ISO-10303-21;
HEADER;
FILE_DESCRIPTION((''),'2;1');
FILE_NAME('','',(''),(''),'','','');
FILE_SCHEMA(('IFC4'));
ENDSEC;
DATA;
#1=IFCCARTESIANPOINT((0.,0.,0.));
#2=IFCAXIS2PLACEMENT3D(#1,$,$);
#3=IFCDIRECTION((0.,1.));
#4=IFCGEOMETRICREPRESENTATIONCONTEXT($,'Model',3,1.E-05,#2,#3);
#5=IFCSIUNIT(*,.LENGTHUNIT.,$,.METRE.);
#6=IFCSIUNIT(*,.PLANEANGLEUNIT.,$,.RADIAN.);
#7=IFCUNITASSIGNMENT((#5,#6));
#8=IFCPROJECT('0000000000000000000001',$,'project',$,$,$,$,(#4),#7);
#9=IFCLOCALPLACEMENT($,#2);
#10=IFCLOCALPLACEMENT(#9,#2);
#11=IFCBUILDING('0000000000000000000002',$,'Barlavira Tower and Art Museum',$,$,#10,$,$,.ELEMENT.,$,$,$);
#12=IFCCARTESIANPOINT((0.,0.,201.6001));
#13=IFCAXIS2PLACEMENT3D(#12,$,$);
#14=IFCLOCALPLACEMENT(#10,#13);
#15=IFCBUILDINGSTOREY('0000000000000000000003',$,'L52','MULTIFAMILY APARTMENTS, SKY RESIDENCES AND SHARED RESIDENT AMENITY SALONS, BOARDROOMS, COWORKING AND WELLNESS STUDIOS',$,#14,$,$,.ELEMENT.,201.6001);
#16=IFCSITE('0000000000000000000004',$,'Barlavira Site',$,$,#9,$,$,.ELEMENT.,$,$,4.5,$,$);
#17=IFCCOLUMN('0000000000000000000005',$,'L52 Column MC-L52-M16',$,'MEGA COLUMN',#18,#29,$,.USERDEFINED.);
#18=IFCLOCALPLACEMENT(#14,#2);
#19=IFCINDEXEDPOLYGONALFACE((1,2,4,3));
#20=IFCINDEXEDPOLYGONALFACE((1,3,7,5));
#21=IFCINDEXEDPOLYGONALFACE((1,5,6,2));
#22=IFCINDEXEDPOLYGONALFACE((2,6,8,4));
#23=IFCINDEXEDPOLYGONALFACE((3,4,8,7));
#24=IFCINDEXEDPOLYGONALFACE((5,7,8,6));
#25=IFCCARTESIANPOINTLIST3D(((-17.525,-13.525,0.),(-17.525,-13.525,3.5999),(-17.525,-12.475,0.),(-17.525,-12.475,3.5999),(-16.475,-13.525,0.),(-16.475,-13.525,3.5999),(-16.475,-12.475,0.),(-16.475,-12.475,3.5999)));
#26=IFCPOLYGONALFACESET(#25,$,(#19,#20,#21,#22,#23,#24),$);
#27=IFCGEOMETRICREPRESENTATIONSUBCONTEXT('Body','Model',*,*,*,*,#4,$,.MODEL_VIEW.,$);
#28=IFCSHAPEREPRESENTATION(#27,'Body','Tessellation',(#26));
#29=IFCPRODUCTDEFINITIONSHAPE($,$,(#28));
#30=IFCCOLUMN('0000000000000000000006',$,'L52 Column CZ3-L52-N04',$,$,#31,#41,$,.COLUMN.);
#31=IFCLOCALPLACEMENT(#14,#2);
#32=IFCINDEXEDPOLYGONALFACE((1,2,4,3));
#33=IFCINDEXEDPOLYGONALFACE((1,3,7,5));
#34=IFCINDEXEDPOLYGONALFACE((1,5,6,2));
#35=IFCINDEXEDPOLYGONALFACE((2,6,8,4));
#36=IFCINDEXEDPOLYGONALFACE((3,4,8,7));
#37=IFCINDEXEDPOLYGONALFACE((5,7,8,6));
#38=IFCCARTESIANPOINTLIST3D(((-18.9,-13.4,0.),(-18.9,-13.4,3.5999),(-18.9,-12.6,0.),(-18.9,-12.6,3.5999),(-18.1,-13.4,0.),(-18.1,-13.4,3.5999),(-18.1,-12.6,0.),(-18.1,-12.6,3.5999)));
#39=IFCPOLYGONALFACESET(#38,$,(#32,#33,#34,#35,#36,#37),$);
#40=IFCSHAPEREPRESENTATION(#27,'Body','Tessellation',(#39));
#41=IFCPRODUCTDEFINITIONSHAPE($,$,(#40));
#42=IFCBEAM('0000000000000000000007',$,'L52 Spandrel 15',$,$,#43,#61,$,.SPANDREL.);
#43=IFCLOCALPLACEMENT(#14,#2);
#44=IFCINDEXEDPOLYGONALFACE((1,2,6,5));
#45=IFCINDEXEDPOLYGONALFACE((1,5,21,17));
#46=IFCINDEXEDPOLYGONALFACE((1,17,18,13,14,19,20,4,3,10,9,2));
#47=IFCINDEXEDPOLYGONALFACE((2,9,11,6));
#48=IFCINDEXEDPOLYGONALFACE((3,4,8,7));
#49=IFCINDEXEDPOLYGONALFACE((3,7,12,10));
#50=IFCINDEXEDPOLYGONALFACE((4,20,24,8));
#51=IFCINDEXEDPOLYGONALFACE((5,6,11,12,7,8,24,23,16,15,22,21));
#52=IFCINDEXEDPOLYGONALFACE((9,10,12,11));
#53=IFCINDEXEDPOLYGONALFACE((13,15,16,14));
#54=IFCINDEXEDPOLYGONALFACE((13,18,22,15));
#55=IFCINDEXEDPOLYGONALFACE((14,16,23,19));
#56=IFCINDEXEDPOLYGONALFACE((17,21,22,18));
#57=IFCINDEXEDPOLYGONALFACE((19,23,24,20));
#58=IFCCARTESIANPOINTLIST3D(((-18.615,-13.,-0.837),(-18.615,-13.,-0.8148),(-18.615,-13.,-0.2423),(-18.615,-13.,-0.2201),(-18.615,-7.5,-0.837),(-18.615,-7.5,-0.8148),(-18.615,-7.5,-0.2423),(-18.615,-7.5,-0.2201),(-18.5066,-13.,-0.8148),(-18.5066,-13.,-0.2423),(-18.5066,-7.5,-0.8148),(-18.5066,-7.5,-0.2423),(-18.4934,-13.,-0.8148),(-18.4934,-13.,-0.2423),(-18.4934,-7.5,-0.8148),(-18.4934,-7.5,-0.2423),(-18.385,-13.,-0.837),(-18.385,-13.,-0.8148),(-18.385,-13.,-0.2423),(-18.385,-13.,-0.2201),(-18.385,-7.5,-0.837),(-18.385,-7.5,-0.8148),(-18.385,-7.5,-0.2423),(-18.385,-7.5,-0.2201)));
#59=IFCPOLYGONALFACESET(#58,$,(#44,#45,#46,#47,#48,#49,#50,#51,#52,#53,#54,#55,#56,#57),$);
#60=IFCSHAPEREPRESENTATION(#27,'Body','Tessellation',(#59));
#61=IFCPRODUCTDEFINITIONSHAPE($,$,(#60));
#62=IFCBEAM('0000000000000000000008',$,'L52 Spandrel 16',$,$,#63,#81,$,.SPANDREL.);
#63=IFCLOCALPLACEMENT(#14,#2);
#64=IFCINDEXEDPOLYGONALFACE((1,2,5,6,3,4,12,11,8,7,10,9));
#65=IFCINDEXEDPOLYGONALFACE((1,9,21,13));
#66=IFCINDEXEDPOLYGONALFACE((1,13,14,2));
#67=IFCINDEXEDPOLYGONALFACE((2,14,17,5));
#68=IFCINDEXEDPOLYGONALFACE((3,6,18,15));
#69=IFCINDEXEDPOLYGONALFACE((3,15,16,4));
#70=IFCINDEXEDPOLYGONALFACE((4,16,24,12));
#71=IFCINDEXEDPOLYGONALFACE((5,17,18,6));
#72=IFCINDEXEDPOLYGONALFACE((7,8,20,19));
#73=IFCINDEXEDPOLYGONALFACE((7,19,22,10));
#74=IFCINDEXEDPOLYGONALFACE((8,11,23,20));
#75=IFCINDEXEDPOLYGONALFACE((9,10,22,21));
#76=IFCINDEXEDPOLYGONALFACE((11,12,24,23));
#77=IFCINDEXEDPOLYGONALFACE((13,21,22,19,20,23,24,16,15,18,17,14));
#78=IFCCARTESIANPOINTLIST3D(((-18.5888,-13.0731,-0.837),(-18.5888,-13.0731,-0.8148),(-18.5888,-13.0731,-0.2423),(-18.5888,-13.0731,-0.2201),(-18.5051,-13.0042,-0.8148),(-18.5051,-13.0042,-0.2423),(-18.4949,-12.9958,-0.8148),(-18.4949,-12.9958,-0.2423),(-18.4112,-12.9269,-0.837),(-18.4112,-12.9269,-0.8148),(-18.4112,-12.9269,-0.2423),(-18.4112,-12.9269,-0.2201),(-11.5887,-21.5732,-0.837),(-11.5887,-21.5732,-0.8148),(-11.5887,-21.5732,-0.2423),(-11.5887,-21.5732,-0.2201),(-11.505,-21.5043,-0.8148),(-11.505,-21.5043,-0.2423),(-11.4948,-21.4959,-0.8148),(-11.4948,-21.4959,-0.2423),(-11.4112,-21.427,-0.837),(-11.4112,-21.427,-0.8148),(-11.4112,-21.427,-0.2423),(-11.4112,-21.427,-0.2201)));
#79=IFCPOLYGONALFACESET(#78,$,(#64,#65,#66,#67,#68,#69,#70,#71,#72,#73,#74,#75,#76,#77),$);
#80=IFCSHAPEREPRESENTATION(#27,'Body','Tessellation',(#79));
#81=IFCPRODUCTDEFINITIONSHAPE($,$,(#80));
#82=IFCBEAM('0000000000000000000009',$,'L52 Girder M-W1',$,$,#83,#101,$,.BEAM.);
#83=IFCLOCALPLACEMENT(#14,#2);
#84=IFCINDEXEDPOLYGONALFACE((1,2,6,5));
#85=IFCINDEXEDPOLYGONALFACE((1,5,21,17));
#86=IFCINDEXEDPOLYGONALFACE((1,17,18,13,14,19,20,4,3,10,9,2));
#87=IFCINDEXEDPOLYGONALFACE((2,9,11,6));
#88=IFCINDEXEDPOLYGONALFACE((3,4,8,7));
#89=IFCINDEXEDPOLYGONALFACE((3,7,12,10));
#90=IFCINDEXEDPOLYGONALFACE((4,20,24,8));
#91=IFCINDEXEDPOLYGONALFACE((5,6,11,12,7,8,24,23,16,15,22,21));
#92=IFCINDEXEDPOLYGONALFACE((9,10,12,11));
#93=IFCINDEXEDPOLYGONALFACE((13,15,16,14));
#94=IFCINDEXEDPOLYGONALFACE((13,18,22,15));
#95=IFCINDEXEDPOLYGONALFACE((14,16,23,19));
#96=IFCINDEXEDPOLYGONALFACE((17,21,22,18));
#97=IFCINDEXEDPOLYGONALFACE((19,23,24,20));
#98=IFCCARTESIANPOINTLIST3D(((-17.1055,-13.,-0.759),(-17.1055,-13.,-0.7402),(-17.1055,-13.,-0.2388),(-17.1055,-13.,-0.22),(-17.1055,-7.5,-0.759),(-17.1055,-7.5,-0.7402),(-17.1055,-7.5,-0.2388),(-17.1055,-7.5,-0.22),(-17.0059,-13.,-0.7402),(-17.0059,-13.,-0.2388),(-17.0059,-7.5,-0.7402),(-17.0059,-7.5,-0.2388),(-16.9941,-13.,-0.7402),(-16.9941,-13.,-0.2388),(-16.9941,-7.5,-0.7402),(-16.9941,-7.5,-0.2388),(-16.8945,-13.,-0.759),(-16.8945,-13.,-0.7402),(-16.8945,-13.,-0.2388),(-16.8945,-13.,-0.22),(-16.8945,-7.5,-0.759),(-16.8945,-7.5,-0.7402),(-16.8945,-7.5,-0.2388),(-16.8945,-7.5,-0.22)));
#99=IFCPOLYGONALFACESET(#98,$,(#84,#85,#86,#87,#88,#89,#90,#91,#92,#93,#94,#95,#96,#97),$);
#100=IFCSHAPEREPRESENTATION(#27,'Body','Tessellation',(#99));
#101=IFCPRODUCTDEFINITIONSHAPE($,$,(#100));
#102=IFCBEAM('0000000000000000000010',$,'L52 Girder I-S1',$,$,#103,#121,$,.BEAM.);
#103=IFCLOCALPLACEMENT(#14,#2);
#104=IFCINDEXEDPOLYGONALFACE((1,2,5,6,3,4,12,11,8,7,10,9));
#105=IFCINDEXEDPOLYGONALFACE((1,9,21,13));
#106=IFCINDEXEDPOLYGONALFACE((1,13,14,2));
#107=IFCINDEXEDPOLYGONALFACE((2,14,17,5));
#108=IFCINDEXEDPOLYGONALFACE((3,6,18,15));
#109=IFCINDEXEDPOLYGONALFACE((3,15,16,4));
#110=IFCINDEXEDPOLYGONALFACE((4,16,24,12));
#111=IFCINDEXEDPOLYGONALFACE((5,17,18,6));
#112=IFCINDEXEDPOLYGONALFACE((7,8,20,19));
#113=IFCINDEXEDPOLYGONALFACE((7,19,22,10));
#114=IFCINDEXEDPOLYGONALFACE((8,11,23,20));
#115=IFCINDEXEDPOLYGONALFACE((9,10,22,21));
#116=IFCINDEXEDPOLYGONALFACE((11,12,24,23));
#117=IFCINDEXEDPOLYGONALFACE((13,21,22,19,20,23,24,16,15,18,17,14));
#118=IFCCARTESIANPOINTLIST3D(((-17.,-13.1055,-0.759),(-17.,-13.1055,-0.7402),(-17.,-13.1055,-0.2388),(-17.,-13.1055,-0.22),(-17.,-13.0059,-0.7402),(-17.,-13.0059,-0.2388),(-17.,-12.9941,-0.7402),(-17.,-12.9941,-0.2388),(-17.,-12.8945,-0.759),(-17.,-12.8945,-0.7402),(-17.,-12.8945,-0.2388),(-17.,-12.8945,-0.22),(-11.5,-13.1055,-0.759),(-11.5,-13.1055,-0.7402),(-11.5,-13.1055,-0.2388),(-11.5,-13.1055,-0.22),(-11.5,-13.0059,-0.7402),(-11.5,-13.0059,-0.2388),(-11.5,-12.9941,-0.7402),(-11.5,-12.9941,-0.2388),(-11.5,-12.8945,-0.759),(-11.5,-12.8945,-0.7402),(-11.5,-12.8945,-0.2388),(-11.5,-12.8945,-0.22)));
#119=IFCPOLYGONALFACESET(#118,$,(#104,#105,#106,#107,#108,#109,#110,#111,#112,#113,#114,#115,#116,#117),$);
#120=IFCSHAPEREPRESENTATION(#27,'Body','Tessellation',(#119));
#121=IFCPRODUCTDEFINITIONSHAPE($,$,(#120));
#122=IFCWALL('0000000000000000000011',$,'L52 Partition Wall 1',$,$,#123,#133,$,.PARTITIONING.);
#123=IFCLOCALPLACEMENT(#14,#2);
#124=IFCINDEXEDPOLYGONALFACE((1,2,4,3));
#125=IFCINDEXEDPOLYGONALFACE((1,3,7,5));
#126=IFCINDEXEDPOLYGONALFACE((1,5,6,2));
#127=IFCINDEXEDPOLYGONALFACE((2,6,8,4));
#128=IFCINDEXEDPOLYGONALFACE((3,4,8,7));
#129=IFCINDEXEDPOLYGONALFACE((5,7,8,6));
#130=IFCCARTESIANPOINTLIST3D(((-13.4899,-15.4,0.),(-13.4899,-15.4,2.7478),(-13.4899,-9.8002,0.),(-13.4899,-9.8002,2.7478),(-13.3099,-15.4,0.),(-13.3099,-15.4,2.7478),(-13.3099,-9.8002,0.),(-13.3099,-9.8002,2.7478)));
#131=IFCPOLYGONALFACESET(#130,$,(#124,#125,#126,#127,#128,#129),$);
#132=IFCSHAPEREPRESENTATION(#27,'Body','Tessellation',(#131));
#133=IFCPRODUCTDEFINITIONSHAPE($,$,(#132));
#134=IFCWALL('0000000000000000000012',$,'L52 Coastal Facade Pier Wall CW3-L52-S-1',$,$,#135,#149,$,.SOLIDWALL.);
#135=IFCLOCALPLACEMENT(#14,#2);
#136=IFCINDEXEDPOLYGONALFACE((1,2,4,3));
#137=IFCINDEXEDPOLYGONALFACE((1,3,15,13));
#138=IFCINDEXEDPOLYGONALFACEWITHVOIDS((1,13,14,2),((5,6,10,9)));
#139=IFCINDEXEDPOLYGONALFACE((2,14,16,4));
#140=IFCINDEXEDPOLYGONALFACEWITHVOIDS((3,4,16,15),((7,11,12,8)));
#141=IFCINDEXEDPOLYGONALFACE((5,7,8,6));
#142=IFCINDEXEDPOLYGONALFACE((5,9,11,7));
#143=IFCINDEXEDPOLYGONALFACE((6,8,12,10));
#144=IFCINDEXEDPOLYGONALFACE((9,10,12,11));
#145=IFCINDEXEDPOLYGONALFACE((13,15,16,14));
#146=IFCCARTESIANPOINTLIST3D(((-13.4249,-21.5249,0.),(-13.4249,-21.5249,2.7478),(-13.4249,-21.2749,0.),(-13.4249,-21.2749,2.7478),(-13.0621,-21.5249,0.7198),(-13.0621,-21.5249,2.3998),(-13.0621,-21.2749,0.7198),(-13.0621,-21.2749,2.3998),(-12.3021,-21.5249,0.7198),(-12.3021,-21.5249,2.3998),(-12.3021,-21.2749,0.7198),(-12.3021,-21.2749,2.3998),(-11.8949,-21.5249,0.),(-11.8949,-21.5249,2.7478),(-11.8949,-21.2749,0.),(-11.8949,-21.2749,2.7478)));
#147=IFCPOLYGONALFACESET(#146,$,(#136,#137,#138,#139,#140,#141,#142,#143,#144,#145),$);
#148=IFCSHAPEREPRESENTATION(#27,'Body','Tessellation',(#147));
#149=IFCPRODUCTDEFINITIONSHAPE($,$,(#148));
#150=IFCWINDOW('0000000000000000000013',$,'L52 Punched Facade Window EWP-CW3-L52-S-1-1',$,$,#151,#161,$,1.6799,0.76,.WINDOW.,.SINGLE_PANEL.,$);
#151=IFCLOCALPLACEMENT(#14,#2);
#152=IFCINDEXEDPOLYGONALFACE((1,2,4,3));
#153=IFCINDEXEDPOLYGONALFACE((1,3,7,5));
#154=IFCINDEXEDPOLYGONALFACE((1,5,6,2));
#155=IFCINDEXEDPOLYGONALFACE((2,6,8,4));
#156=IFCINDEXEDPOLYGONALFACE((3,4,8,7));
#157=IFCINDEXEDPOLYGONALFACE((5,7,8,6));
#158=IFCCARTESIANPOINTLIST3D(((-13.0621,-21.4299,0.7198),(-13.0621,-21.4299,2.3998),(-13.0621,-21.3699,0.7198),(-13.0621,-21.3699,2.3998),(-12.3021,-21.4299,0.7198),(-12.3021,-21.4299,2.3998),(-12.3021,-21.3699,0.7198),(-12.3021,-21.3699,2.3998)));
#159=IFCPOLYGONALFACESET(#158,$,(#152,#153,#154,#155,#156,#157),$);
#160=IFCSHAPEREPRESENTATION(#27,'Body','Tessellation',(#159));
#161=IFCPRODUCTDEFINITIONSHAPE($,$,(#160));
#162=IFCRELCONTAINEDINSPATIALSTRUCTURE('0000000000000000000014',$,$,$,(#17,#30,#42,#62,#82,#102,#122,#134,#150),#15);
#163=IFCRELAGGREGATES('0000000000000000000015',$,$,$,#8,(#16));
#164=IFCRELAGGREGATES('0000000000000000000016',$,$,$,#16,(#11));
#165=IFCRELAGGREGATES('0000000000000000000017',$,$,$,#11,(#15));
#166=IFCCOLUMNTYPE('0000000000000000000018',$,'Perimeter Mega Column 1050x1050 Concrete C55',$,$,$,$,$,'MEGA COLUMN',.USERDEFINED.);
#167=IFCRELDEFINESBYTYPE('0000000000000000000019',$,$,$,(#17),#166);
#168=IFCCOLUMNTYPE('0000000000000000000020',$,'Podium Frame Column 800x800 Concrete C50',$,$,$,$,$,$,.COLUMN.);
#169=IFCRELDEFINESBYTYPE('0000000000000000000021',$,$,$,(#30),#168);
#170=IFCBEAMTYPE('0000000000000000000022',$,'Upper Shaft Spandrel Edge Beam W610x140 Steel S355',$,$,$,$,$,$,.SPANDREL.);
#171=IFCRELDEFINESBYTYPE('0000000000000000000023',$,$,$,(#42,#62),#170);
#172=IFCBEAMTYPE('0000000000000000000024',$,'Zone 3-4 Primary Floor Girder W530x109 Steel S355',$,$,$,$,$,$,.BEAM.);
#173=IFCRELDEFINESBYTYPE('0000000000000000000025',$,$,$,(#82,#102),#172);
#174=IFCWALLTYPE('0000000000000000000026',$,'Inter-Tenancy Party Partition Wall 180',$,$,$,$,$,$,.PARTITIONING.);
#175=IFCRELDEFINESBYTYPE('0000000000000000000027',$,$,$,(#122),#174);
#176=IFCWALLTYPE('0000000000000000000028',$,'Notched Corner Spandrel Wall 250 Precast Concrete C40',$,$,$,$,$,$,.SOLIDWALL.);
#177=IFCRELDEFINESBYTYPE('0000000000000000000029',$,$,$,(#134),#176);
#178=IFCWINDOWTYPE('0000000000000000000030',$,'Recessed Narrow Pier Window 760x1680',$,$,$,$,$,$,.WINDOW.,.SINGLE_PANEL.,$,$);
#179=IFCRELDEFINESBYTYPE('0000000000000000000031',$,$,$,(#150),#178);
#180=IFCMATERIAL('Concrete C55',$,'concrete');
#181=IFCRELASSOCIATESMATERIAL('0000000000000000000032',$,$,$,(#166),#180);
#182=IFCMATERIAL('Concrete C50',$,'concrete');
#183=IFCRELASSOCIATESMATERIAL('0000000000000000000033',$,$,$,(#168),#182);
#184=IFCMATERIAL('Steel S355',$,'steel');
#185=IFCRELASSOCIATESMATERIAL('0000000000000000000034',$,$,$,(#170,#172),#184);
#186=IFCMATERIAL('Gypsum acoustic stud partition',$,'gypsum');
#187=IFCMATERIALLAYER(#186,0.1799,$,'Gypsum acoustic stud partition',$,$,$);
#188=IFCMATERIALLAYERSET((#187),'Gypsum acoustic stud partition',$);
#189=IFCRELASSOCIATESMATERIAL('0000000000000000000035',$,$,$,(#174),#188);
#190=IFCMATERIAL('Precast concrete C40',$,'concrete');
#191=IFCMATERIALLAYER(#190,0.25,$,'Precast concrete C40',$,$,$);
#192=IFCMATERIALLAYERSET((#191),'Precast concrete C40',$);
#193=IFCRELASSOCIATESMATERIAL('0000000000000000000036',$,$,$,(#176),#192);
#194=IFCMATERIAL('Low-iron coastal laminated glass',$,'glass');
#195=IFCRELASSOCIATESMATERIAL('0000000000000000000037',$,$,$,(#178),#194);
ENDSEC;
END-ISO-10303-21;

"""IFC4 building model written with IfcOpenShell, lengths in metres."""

from ifc_helpers import new_model, si_unit, direction, frame, frame_2d, origin, origin_2d, place, context, subcontext, project, spatial, rectangle, i_section, extrude, material, layer, layer_set, material_profile, profile_set, type_object, element, fill, save


model = new_model("IFC4")

# Units and contexts
model_context = context("Model", 3, precision=1e-05, world=origin(), true_north=direction((0.0, 1.0)))
body_context = subcontext(model_context, "Body", "Model", "MODEL_VIEW")
ifc_project = project(units=[si_unit("LENGTHUNIT", "METRE"), si_unit("PLANEANGLEUNIT", "RADIAN")], contexts=[model_context])

# Site, building, storey
site_placement = place(None, origin())
site = spatial("IfcSite", under=ifc_project, at=site_placement, Name="Barlavira Site", CompositionType="ELEMENT", RefElevation=4.5)
building_placement = place(site_placement, origin())
building = spatial("IfcBuilding", under=site, at=building_placement, Name="Barlavira Tower and Art Museum", CompositionType="ELEMENT")
storey_placement = place(building_placement, frame((0.0, 0.0, 201.6001)))
storey = spatial("IfcBuildingStorey", under=building, at=storey_placement, Name="L52", Description="MULTIFAMILY APARTMENTS, SKY RESIDENCES AND SHARED RESIDENT AMENITY SALONS, BOARDROOMS, COWORKING AND WELLNESS STUDIOS", CompositionType="ELEMENT", Elevation=201.6001)

# Columns
ifc_material_1 = material(Name="Concrete C55", Category="concrete")
ifc_material_profile_1 = material_profile(ifc_material_1, rectangle(XDim=1.05, YDim=1.05, at=origin_2d()), Name="RC-COL 1050x1050")
ifc_profile_set_1 = profile_set([ifc_material_profile_1], Name="Concrete C55")
column_type_1 = type_object("IfcColumnType", Name="Perimeter Mega Column 1050x1050 Concrete C55", ElementType="MEGA COLUMN", PredefinedType="USERDEFINED", material=ifc_profile_set_1)
column_1_placement = place(storey_placement, frame((-17.0, -13.0, 0.0), z_axis=(0.0, 0.0, 1.0), x_axis=(1.0, 0.0, 0.0)))
element("IfcColumn", 1, at=column_1_placement, inside=storey, type_object=column_type_1, Name="L52 Column MC-L52-M16", ObjectType="MEGA COLUMN", PredefinedType="USERDEFINED", context=body_context, shape_type="SweptSolid", body=[
    extrude(rectangle(XDim=1.05, YDim=1.05, at=origin_2d()), origin(), (0.0, 0.0, 1.0), 3.5999),
])
ifc_material_2 = material(Name="Concrete C50", Category="concrete")
ifc_material_profile_2 = material_profile(ifc_material_2, rectangle(XDim=0.8, YDim=0.8, at=origin_2d()), Name="RC-COL 800x800")
ifc_profile_set_2 = profile_set([ifc_material_profile_2], Name="Concrete C50")
column_type_2 = type_object("IfcColumnType", Name="Podium Frame Column 800x800 Concrete C50", PredefinedType="COLUMN", material=ifc_profile_set_2)
column_2_placement = place(storey_placement, frame((-18.5, -13.0, 0.0), z_axis=(0.0, 0.0, 1.0), x_axis=(1.0, 0.0, 0.0)))
element("IfcColumn", 2, at=column_2_placement, inside=storey, type_object=column_type_2, Name="L52 Column CZ3-L52-N04", PredefinedType="COLUMN", context=body_context, shape_type="SweptSolid", body=[
    extrude(rectangle(XDim=0.8, YDim=0.8, at=origin_2d()), origin(), (0.0, 0.0, 1.0), 3.5999),
])

# Beams
ifc_material_3 = material(Name="Steel S355", Category="steel")
ifc_material_profile_3 = material_profile(ifc_material_3, i_section(OverallWidth=0.23, OverallDepth=0.6169, WebThickness=0.0132, FlangeThickness=0.0222, at=origin_2d()), Name="W610x140.0")
ifc_profile_set_3 = profile_set([ifc_material_profile_3], Name="Steel S355")
beam_type_1 = type_object("IfcBeamType", Name="Upper Shaft Spandrel Edge Beam W610x140 Steel S355", PredefinedType="SPANDREL", material=ifc_profile_set_3)
beam_1_placement = place(storey_placement, frame((-18.5, -13.0, -0.5286), z_axis=(0.0, 1.0, 0.0), x_axis=(-1.0, 0.0, 0.0)))
element("IfcBeam", 3, at=beam_1_placement, inside=storey, type_object=beam_type_1, Name="L52 Spandrel 15", PredefinedType="SPANDREL", context=body_context, shape_type="SweptSolid", body=[
    extrude(i_section(OverallWidth=0.23, OverallDepth=0.6169, WebThickness=0.0132, FlangeThickness=0.0222, at=origin_2d()), origin(), (0.0, 0.0, 1.0), 5.5),
])
beam_2_placement = place(storey_placement, frame((-18.5, -13.0, -0.5286), z_axis=(0.635707, -0.77193, 0.0), x_axis=(0.77193, 0.635707, 0.0)))
element("IfcBeam", 4, at=beam_2_placement, inside=storey, type_object=beam_type_1, Name="L52 Spandrel 16", PredefinedType="SPANDREL", context=body_context, shape_type="SweptSolid", body=[
    extrude(i_section(OverallWidth=0.23, OverallDepth=0.6169, WebThickness=0.0132, FlangeThickness=0.0222, at=origin_2d()), origin(), (0.0, 0.0, 1.0), 11.0115),
])
ifc_material_profile_4 = material_profile(ifc_material_3, i_section(OverallWidth=0.2109, OverallDepth=0.5391, WebThickness=0.0117, FlangeThickness=0.0188, at=origin_2d()), Name="W530x109.0")
ifc_profile_set_4 = profile_set([ifc_material_profile_4], Name="Steel S355")
beam_type_2 = type_object("IfcBeamType", Name="Zone 3-4 Primary Floor Girder W530x109 Steel S355", PredefinedType="BEAM", material=ifc_profile_set_4)
for number, where, z_axis, x_axis, name in (
    (5, (-17.0, -13.0, -0.4895), (0.0, 1.0, 0.0), (-1.0, 0.0, 0.0), "L52 Girder M-W1"),
    (6, (-17.0, -13.0, -0.4895), (1.0, 0.0, 0.0), (0.0, 1.0, 0.0), "L52 Girder I-S1"),
):
    element("IfcBeam", number, at=place(storey_placement, frame(where, z_axis=z_axis, x_axis=x_axis)), inside=storey, type_object=beam_type_2, Name=name, PredefinedType="BEAM", context=body_context, shape_type="SweptSolid", body=[
        extrude(i_section(OverallWidth=0.2109, OverallDepth=0.5391, WebThickness=0.0117, FlangeThickness=0.0188, at=origin_2d()), origin(), (0.0, 0.0, 1.0), 5.5),
    ])

# Wall
ifc_material_4 = material(Name="Gypsum acoustic stud partition", Category="gypsum")
ifc_layer_1 = layer(ifc_material_4, 0.1799, Name="Gypsum acoustic stud partition")
ifc_layer_set_1 = layer_set([ifc_layer_1], Name="Gypsum acoustic stud partition")
wall_type_1 = type_object("IfcWallType", Name="Inter-Tenancy Party Partition Wall 180", PredefinedType="PARTITIONING", material=ifc_layer_set_1)
wall_1_placement = place(storey_placement, frame((-13.3999, -15.3999, 0.0), z_axis=(0.0, 0.0, 1.0), x_axis=(0.0, 1.0, 0.0)))
element("IfcWall", 7, at=wall_1_placement, inside=storey, type_object=wall_type_1, Name="L52 Partition Wall 1", PredefinedType="PARTITIONING", context=body_context, shape_type="SweptSolid", body=[
    extrude(rectangle(XDim=5.5999, YDim=0.1799, at=frame_2d((2.7998, 0.0))), origin(), (0.0, 0.0, 1.0), 2.7478),
])

# Wall, opening, window
ifc_material_5 = material(Name="Precast concrete C40", Category="concrete")
ifc_layer_2 = layer(ifc_material_5, 0.25, Name="Precast concrete C40")
ifc_layer_set_2 = layer_set([ifc_layer_2], Name="Precast concrete C40")
wall_type_2 = type_object("IfcWallType", Name="Notched Corner Spandrel Wall 250 Precast Concrete C40", PredefinedType="SOLIDWALL", material=ifc_layer_set_2)
wall_2_placement = place(storey_placement, frame((-13.425, -21.3999, 0.0), z_axis=(0.0, 0.0, 1.0), x_axis=(1.0, 0.0, 0.0)))
wall_2 = element("IfcWall", 8, at=wall_2_placement, inside=storey, type_object=wall_type_2, Name="L52 Coastal Facade Pier Wall CW3-L52-S-1", PredefinedType="SOLIDWALL", context=body_context, shape_type="SweptSolid", body=[
    extrude(rectangle(XDim=1.53, YDim=0.25, at=frame_2d((0.7651, 0.0))), origin(), (0.0, 0.0, 1.0), 2.7478),
])
opening_1_placement = place(wall_2_placement, frame((0.363, 0.0, 0.72)))
opening_1 = element("IfcOpeningElement", 9, at=opening_1_placement, cuts=wall_2, PredefinedType="OPENING", context=body_context, shape_type="SweptSolid", body=[
    extrude(rectangle(XDim=0.76, YDim=1.6799, at=frame_2d((0.3799, 0.8398))), frame((0.0, 0.135, 0.0), z_axis=(0.0, -1.0, 0.0), x_axis=(1.0, 0.0, 0.0)), (0.0, 0.0, 1.0), 0.27),
])
ifc_material_6 = material(Name="Low-iron coastal laminated glass", Category="glass")
window_type_1 = type_object("IfcWindowType", Name="Recessed Narrow Pier Window 760x1680", PartitioningType="SINGLE_PANEL", PredefinedType="WINDOW", material=ifc_material_6)
window_1_placement = place(opening_1_placement, origin())
window_1 = element("IfcWindow", 10, at=window_1_placement, inside=storey, type_object=window_type_1, Name="L52 Punched Facade Window EWP-CW3-L52-S-1-1", OverallHeight=1.6799, OverallWidth=0.76, PartitioningType="SINGLE_PANEL", PredefinedType="WINDOW", context=body_context, shape_type="SweptSolid", body=[
    extrude(rectangle(XDim=0.76, YDim=1.6799, at=frame_2d((0.3799, 0.8398))), frame((0.0, 0.03, 0.0), z_axis=(0.0, -1.0, 0.0), x_axis=(1.0, 0.0, 0.0)), (0.0, 0.0, 1.0), 0.0601),
])
fill(opening_1, window_1)

save(model, "model.ifc")
